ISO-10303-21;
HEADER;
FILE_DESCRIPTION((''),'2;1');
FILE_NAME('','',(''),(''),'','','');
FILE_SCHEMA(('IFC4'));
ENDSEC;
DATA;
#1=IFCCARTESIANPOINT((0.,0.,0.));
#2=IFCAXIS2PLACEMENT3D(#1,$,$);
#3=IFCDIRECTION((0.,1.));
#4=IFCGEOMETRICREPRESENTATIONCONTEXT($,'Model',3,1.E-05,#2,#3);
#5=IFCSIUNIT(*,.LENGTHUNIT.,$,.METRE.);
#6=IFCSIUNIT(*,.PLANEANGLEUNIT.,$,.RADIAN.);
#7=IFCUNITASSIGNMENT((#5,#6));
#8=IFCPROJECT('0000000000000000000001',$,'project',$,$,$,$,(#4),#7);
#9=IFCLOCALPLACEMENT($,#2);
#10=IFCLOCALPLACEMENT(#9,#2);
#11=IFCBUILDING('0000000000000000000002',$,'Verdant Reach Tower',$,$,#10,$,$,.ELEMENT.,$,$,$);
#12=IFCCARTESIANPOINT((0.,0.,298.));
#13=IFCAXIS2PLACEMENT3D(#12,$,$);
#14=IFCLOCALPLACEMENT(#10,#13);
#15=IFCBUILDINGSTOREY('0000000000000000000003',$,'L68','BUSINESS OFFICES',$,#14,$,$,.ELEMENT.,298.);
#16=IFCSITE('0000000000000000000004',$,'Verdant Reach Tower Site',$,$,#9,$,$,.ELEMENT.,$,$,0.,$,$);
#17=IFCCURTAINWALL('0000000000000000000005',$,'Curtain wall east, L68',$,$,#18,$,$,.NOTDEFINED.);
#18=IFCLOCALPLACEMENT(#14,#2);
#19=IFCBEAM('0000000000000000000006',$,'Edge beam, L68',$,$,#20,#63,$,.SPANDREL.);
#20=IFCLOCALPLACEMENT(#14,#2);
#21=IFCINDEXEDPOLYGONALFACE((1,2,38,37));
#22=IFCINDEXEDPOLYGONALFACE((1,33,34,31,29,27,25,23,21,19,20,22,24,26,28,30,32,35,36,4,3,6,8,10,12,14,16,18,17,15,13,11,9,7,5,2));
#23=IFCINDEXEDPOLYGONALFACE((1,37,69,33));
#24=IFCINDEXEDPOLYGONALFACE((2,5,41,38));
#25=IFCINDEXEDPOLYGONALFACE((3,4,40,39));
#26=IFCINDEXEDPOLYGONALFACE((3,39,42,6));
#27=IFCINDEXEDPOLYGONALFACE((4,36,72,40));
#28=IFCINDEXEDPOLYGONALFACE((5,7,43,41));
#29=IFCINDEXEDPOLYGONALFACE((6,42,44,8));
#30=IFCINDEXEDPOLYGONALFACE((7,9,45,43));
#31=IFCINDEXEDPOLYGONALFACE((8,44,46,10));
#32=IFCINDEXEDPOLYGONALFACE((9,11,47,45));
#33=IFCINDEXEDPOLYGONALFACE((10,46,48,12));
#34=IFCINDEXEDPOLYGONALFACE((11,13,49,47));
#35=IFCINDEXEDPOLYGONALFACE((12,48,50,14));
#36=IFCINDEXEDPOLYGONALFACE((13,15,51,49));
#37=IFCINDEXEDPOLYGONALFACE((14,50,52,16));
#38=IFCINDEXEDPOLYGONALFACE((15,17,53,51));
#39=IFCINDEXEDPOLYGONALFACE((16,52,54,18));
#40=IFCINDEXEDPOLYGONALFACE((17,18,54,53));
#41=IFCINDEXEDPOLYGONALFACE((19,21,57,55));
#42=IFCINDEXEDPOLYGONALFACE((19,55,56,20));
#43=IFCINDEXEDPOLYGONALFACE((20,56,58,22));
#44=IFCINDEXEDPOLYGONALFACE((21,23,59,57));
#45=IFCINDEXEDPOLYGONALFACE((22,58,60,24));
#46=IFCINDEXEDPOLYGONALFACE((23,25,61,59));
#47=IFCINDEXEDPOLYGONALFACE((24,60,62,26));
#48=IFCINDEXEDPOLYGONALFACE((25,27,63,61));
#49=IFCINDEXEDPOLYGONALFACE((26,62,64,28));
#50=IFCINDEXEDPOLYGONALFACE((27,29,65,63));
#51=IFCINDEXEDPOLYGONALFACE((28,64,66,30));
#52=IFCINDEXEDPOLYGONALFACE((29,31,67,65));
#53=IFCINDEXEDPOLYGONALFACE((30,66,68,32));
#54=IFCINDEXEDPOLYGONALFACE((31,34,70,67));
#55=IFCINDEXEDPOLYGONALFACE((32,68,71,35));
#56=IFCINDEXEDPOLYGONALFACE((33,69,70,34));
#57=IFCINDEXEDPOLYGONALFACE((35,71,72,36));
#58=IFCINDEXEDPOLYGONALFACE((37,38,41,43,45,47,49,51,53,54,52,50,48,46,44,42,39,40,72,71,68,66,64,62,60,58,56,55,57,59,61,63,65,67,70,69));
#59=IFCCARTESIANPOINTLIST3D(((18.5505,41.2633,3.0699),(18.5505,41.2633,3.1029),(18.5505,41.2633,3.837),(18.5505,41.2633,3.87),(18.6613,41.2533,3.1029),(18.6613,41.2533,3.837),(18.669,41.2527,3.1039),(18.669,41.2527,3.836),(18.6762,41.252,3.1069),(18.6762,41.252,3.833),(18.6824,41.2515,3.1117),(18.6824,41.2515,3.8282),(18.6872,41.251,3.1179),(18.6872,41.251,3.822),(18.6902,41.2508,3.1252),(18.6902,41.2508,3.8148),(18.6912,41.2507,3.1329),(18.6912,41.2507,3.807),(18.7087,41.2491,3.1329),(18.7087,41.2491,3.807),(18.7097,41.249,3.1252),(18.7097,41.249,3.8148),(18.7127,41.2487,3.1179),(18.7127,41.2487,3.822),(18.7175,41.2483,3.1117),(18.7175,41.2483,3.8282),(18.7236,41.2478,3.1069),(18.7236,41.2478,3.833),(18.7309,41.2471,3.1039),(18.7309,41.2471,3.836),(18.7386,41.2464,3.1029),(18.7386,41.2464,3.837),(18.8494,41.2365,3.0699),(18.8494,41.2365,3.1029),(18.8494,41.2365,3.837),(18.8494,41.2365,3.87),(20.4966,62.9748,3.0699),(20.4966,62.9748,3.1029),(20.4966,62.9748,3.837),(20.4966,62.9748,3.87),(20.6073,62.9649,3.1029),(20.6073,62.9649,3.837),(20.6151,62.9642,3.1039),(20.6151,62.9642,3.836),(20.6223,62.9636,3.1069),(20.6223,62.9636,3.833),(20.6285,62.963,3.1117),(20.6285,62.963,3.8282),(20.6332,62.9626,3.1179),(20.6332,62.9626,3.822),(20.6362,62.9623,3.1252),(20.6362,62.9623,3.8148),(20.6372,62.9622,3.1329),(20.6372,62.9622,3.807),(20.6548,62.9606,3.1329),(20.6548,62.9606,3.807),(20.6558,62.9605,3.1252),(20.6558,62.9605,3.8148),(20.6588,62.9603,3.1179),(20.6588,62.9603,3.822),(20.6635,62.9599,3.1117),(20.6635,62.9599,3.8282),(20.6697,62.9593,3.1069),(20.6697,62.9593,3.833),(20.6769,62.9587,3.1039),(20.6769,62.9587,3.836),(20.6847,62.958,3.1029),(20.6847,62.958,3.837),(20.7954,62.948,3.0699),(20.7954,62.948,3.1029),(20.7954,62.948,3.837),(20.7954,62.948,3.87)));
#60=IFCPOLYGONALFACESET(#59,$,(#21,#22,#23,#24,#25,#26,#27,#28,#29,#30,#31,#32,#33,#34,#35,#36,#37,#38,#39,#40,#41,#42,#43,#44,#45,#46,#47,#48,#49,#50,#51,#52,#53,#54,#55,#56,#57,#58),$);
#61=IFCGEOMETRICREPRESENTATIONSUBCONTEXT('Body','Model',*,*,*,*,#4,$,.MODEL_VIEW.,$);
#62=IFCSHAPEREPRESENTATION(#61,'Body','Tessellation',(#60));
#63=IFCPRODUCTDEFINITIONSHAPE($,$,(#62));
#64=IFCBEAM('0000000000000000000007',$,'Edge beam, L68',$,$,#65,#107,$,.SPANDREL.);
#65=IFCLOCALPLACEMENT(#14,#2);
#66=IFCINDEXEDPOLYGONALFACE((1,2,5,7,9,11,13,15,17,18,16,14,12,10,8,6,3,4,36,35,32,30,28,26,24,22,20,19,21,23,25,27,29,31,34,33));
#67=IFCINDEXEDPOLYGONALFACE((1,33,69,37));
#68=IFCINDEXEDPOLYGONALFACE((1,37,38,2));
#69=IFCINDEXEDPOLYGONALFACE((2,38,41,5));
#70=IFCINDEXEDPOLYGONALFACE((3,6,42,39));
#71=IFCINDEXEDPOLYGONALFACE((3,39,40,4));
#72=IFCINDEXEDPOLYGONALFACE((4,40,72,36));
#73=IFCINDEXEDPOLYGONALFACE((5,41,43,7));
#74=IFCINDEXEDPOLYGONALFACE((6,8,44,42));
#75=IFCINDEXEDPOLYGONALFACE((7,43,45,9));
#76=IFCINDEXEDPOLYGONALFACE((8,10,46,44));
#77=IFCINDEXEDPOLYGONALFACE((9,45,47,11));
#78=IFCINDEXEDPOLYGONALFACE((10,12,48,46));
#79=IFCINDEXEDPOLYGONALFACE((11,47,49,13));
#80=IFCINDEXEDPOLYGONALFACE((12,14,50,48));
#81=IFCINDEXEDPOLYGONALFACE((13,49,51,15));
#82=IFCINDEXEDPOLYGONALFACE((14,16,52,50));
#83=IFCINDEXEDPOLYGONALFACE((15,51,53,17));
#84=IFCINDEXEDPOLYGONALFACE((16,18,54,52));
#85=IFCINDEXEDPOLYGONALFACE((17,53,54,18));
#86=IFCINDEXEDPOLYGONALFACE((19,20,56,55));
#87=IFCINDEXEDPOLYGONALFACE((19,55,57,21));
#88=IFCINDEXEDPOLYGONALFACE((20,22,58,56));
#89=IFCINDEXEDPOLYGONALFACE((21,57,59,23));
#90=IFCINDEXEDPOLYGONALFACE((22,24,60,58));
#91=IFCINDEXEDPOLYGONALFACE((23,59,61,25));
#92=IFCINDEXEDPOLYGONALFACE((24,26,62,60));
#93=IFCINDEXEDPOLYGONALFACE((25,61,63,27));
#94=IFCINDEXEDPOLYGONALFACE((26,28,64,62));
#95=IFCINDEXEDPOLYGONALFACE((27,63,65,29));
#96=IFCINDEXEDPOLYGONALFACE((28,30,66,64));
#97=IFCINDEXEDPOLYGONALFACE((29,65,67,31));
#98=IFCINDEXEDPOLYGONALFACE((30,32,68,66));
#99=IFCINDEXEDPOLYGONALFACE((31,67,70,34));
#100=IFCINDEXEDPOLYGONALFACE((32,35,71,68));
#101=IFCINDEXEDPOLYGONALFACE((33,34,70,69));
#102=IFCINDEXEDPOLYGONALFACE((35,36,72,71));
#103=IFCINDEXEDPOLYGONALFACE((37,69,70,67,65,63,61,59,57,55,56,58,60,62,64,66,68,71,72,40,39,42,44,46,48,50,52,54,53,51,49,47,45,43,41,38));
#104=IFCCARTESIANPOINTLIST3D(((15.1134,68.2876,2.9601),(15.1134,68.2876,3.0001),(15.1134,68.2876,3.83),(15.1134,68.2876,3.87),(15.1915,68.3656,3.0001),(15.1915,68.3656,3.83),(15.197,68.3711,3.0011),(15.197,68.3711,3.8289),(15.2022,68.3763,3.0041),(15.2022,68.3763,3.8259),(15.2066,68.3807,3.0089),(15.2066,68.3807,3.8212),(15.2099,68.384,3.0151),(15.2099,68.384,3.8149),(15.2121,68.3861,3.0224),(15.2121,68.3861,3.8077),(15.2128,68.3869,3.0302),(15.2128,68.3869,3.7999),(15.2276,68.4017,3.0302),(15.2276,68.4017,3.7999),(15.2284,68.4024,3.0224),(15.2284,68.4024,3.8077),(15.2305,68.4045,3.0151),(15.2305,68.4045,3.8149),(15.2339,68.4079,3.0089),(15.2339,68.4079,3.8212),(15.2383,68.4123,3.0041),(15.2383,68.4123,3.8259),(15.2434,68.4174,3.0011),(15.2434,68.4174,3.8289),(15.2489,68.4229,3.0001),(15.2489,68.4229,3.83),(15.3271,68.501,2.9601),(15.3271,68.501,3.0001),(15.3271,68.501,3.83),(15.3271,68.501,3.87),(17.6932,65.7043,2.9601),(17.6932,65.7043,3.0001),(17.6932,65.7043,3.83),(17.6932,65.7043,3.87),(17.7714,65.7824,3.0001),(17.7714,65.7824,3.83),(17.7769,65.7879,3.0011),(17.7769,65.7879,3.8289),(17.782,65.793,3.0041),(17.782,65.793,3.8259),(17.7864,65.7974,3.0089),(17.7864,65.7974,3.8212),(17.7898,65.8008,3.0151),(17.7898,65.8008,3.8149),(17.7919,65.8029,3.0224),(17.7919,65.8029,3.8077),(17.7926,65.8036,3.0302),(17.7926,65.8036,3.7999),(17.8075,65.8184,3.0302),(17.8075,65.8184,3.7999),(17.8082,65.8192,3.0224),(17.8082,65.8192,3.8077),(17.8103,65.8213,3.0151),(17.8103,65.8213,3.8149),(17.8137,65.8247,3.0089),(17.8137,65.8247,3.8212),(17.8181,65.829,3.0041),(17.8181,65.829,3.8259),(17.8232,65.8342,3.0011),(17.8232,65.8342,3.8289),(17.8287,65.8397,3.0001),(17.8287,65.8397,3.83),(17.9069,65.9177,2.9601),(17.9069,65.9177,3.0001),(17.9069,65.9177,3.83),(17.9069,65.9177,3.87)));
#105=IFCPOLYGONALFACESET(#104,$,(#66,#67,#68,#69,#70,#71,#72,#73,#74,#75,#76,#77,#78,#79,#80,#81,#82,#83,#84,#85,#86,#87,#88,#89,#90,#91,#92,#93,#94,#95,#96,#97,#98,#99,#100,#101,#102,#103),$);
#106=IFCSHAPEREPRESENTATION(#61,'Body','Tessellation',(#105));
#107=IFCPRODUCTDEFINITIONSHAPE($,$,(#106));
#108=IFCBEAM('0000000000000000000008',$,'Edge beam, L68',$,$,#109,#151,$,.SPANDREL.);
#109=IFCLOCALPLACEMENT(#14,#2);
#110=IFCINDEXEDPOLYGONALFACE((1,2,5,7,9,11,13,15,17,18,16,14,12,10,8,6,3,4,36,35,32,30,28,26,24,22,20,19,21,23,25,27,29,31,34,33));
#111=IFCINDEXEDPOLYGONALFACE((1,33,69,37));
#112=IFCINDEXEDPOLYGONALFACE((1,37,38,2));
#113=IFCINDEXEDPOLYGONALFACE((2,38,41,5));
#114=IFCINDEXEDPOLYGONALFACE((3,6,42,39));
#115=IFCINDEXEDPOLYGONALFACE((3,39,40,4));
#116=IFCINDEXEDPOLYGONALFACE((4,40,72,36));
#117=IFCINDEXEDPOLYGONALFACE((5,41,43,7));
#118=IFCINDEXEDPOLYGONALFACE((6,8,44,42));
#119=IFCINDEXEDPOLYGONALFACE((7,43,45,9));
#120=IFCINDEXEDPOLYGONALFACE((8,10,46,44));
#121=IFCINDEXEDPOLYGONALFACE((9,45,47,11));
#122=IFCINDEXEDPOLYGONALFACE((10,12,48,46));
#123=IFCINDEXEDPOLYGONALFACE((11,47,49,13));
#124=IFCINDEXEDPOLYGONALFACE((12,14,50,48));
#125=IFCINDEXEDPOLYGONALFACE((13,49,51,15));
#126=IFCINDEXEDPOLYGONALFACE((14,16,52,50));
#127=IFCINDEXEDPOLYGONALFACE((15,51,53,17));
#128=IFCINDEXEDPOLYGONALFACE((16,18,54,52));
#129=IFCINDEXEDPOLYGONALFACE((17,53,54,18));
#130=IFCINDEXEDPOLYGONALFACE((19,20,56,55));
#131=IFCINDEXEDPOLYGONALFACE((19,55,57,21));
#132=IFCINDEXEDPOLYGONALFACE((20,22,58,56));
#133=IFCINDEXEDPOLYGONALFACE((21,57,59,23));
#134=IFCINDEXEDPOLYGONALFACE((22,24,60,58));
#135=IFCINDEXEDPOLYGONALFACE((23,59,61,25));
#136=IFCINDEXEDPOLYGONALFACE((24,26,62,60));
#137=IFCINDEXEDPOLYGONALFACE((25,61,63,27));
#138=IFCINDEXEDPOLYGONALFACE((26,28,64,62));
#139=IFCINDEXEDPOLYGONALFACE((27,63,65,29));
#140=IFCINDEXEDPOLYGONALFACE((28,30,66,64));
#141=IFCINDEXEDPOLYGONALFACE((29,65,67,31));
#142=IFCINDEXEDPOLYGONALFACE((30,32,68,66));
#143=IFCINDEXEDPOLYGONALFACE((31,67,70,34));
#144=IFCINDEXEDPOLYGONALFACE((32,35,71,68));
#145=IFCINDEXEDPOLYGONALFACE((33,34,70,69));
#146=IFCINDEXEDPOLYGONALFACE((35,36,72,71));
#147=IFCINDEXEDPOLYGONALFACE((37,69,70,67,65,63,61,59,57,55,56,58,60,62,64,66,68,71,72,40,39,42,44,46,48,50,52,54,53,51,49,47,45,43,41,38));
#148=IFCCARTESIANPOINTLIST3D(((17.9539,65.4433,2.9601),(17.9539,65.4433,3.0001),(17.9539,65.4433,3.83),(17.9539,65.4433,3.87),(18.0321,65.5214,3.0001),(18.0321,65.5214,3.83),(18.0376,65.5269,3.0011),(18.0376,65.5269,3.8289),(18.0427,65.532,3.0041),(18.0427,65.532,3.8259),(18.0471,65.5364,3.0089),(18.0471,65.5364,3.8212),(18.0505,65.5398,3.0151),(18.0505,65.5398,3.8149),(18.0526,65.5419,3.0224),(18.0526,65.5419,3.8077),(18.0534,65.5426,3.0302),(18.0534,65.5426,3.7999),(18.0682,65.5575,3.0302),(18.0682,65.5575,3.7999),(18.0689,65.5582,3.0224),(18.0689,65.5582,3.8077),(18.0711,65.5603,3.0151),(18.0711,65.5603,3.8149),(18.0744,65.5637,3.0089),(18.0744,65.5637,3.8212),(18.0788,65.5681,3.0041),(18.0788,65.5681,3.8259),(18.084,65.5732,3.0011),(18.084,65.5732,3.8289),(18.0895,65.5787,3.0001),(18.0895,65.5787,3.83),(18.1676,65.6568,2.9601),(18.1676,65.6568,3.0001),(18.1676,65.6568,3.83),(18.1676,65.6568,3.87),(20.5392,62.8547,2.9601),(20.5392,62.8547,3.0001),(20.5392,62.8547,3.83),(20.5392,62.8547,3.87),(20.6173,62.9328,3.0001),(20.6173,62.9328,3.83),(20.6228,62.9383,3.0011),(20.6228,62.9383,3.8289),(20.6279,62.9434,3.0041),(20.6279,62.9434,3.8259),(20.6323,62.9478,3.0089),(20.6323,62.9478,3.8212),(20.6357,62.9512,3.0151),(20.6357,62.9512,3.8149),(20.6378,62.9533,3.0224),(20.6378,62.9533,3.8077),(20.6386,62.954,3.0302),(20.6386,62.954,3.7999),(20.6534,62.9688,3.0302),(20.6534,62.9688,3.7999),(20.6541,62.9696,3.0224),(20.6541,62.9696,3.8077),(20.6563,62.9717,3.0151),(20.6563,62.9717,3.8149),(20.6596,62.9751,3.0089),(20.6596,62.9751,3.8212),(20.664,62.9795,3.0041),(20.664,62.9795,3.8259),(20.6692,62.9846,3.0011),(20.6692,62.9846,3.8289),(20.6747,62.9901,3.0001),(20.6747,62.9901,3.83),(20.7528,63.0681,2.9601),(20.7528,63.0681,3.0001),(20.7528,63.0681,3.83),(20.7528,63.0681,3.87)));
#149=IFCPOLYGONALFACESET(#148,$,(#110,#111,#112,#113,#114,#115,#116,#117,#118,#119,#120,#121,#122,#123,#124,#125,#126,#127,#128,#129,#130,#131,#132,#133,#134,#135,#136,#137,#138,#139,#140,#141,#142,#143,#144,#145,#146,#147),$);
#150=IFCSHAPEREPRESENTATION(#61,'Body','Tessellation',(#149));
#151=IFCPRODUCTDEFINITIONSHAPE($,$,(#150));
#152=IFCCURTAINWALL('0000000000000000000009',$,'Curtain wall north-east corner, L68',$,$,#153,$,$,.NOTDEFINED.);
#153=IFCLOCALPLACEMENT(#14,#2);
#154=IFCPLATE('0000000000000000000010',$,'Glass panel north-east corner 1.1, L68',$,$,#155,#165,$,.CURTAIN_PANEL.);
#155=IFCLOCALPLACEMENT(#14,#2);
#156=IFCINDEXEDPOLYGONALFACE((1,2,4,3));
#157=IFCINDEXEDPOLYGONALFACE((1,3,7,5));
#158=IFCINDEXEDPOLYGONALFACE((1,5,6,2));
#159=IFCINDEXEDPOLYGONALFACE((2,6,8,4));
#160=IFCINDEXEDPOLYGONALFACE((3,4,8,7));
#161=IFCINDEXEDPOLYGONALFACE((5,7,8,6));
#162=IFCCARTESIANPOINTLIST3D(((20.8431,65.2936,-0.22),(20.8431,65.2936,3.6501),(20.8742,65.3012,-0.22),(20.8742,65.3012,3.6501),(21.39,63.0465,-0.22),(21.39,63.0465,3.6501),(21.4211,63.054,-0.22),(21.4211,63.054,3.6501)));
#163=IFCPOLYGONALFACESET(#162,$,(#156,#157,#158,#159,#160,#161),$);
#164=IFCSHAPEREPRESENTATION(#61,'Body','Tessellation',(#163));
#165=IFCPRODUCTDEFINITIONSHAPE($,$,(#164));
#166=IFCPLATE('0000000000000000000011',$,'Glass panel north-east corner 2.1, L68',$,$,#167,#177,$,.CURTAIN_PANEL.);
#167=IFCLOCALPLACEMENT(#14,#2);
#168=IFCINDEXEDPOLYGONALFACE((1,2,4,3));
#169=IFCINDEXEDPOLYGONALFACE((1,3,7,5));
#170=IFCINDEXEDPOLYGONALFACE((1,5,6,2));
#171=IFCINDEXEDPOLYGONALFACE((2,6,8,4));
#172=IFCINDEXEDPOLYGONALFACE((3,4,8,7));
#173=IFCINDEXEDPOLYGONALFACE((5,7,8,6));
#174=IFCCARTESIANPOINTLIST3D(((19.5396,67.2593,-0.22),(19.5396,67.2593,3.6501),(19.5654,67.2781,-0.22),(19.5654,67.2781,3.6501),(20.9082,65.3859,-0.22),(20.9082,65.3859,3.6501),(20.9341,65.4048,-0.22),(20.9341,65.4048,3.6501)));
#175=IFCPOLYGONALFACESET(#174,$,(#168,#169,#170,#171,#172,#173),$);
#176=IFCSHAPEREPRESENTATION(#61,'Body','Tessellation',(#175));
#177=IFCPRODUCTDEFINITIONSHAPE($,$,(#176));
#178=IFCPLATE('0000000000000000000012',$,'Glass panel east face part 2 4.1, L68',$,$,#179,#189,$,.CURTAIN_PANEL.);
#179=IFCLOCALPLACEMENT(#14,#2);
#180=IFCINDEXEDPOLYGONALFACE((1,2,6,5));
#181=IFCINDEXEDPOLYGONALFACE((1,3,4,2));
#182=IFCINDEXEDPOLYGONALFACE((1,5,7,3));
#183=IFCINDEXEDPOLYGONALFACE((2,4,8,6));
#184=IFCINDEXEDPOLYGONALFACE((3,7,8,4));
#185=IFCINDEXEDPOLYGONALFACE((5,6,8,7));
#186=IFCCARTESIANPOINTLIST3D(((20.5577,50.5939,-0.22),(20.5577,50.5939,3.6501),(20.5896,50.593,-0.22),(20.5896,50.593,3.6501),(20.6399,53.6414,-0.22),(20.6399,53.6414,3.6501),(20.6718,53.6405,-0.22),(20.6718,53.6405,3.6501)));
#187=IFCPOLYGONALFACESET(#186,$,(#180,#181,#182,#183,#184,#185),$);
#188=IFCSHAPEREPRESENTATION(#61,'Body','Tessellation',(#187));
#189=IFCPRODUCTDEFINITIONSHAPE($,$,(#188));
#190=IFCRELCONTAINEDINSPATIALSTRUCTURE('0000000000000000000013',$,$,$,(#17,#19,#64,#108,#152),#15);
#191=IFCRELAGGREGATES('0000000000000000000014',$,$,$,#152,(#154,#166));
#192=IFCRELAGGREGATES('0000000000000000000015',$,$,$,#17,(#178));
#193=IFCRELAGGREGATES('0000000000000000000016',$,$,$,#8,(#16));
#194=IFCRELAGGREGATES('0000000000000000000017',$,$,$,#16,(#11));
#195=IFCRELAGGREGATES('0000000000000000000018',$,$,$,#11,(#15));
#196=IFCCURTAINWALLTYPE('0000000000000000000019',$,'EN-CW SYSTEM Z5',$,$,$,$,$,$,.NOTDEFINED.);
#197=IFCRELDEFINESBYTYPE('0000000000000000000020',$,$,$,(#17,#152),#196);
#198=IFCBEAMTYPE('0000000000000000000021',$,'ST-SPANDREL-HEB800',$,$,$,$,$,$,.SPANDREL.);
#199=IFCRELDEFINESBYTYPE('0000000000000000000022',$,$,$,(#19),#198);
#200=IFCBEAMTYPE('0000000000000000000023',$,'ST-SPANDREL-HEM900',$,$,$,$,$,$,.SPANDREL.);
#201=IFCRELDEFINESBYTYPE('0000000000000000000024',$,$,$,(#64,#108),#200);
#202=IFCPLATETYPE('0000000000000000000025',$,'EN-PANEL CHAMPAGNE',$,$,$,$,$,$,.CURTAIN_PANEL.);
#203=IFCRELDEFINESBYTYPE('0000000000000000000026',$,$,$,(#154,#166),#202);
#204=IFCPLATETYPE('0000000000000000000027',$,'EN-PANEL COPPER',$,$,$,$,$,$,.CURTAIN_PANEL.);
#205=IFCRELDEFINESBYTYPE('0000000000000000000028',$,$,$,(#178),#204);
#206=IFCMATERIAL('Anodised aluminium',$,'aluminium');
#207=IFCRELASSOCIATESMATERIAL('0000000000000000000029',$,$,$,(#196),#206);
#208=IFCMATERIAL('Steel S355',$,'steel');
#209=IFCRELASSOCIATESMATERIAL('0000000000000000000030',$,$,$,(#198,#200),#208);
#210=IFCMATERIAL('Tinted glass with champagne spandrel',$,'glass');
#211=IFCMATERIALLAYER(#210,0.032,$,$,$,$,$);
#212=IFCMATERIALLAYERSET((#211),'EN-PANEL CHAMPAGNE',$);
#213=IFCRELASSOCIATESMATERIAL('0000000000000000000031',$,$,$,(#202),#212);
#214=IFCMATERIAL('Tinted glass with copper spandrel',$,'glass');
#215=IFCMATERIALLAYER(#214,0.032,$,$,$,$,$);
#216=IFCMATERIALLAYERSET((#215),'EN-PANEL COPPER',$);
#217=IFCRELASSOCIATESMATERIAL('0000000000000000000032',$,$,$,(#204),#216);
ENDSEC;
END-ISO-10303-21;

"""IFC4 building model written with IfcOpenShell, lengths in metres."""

from ifc_helpers import new_model, si_unit, direction, frame, origin, origin_2d, place, context, subcontext, project, spatial, rectangle, i_section, extrude, material, layer, layer_set, material_profile, profile_set, type_object, element, aggregate, save


model = new_model("IFC4")

# Units and contexts
model_context = context("Model", 3, precision=1e-05, world=origin(), true_north=direction((0.0, 1.0)))
body_context = subcontext(model_context, "Body", "Model", "MODEL_VIEW")
ifc_project = project(units=[si_unit("LENGTHUNIT", "METRE"), si_unit("PLANEANGLEUNIT", "RADIAN")], contexts=[model_context])

# Site, building, storey
site_placement = place(None, origin())
site = spatial("IfcSite", under=ifc_project, at=site_placement, Name="Verdant Reach Tower Site", CompositionType="ELEMENT", RefElevation=0.0)
building_placement = place(site_placement, origin())
building = spatial("IfcBuilding", under=site, at=building_placement, Name="Verdant Reach Tower", CompositionType="ELEMENT")
storey_placement = place(building_placement, frame((0.0, 0.0, 298.0)))
storey = spatial("IfcBuildingStorey", under=building, at=storey_placement, Name="L68", Description="BUSINESS OFFICES", CompositionType="ELEMENT", Elevation=298.0)

# Curtain wall
ifc_material_1 = material(Name="Anodised aluminium", Category="aluminium")
curtain_wall_type = type_object("IfcCurtainWallType", Name="EN-CW SYSTEM Z5", PredefinedType="NOTDEFINED", material=ifc_material_1)
curtain_wall_1_placement = place(storey_placement, origin())
curtain_wall_1 = element("IfcCurtainWall", 1, at=curtain_wall_1_placement, inside=storey, type_object=curtain_wall_type, Name="Curtain wall east, L68", PredefinedType="NOTDEFINED")

# Beams
ifc_material_2 = material(Name="Steel S355", Category="steel")
ifc_material_profile_1 = material_profile(ifc_material_2, i_section(OverallWidth=0.3, OverallDepth=0.8, WebThickness=0.0176, FlangeThickness=0.033, FilletRadius=0.03, at=origin_2d()), Name="HEB 800")
ifc_profile_set_1 = profile_set([ifc_material_profile_1], Name="Steel S355")
beam_type_1 = type_object("IfcBeamType", Name="ST-SPANDREL-HEB800", PredefinedType="SPANDREL", material=ifc_profile_set_1)
beam_1_placement = place(storey_placement, frame((20.646, 62.9614, 3.47), z_axis=(-0.089274, -0.996007, 0.0), x_axis=(0.996007, -0.089274, 0.0)))
element("IfcBeam", 2, at=beam_1_placement, inside=storey, type_object=beam_type_1, Name="Edge beam, L68", PredefinedType="SPANDREL", context=body_context, shape_type="SweptSolid", body=[
    extrude(i_section(OverallWidth=0.3, OverallDepth=0.8, WebThickness=0.0176, FlangeThickness=0.033, FilletRadius=0.03, at=origin_2d()), origin(), (0.0, 0.0, 1.0), 21.7986),
])
ifc_material_profile_2 = material_profile(ifc_material_2, i_section(OverallWidth=0.302, OverallDepth=0.9099, WebThickness=0.021, FlangeThickness=0.04, FilletRadius=0.03, at=origin_2d()), Name="HEM 900")
ifc_profile_set_2 = profile_set([ifc_material_profile_2], Name="Steel S355")
beam_type_2 = type_object("IfcBeamType", Name="ST-SPANDREL-HEM900", PredefinedType="SPANDREL", material=ifc_profile_set_2)
beam_2_placement = place(storey_placement, frame((15.2202, 68.3943, 3.415), z_axis=(0.706639, -0.707575, 0.0), x_axis=(0.707575, 0.706639, 0.0)))
element("IfcBeam", 3, at=beam_2_placement, inside=storey, type_object=beam_type_2, Name="Edge beam, L68", PredefinedType="SPANDREL", context=body_context, shape_type="SweptSolid", body=[
    extrude(i_section(OverallWidth=0.302, OverallDepth=0.9099, WebThickness=0.021, FlangeThickness=0.04, FilletRadius=0.03, at=origin_2d()), origin(), (0.0, 0.0, 1.0), 3.6509),
])
beam_3_placement = place(storey_placement, frame((18.0608, 65.55, 3.415), z_axis=(0.706639, -0.707574, 0.0), x_axis=(0.707574, 0.706639, 0.0)))
element("IfcBeam", 4, at=beam_3_placement, inside=storey, type_object=beam_type_2, Name="Edge beam, L68", PredefinedType="SPANDREL", context=body_context, shape_type="SweptSolid", body=[
    extrude(i_section(OverallWidth=0.302, OverallDepth=0.9099, WebThickness=0.021, FlangeThickness=0.04, FilletRadius=0.03, at=origin_2d()), origin(), (0.0, 0.0, 1.0), 3.6584),
])

# Curtain wall, plates
curtain_wall_2_placement = place(storey_placement, origin())
curtain_wall_2 = element("IfcCurtainWall", 5, at=curtain_wall_2_placement, inside=storey, type_object=curtain_wall_type, Name="Curtain wall north-east corner, L68", PredefinedType="NOTDEFINED")
ifc_material_3 = material(Name="Tinted glass with champagne spandrel", Category="glass")
ifc_layer_1 = layer(ifc_material_3, 0.032)
ifc_layer_set_1 = layer_set([ifc_layer_1], Name="EN-PANEL CHAMPAGNE")
plate_type_1 = type_object("IfcPlateType", Name="EN-PANEL CHAMPAGNE", PredefinedType="CURTAIN_PANEL", material=ifc_layer_set_1)
plate_1_placement = place(storey_placement, frame((21.1321, 64.1738, -0.22), z_axis=(0.0, 0.0, 1.0), x_axis=(-0.236471, 0.971638, 0.0)))
plate_1 = element("IfcPlate", 6, at=plate_1_placement, type_object=plate_type_1, Name="Glass panel north-east corner 1.1, L68", PredefinedType="CURTAIN_PANEL", context=body_context, shape_type="SweptSolid", body=[
    extrude(rectangle(XDim=2.3127, YDim=0.032, at=origin_2d()), origin(), (0.0, 0.0, 1.0), 3.8701),
])
plate_2_placement = place(storey_placement, frame((20.2368, 66.332, -0.22), z_axis=(0.0, 0.0, 1.0), x_axis=(-0.589927, 0.807457, 0.0)))
plate_2 = element("IfcPlate", 7, at=plate_2_placement, type_object=plate_type_1, Name="Glass panel north-east corner 2.1, L68", PredefinedType="CURTAIN_PANEL", context=body_context, shape_type="SweptSolid", body=[
    extrude(rectangle(XDim=2.3201, YDim=0.032, at=origin_2d()), origin(), (0.0, 0.0, 1.0), 3.8701),
])

# Plate
ifc_material_4 = material(Name="Tinted glass with copper spandrel", Category="glass")
ifc_layer_2 = layer(ifc_material_4, 0.032)
ifc_layer_set_2 = layer_set([ifc_layer_2], Name="EN-PANEL COPPER")
plate_type_2 = type_object("IfcPlateType", Name="EN-PANEL COPPER", PredefinedType="CURTAIN_PANEL", material=ifc_layer_set_2)
plate_3_placement = place(storey_placement, frame((20.6147, 52.1172, -0.22), z_axis=(0.0, 0.0, 1.0), x_axis=(0.026965, 0.999636, 0.0)))
plate_3 = element("IfcPlate", 8, at=plate_3_placement, type_object=plate_type_2, Name="Glass panel east face part 2 4.1, L68", PredefinedType="CURTAIN_PANEL", context=body_context, shape_type="SweptSolid", body=[
    extrude(rectangle(XDim=3.0486, YDim=0.032, at=origin_2d()), origin(), (0.0, 0.0, 1.0), 3.8701),
])
aggregate(curtain_wall_2, [plate_1, plate_2])
aggregate(curtain_wall_1, [plate_3])

save(model, "model.ifc")
